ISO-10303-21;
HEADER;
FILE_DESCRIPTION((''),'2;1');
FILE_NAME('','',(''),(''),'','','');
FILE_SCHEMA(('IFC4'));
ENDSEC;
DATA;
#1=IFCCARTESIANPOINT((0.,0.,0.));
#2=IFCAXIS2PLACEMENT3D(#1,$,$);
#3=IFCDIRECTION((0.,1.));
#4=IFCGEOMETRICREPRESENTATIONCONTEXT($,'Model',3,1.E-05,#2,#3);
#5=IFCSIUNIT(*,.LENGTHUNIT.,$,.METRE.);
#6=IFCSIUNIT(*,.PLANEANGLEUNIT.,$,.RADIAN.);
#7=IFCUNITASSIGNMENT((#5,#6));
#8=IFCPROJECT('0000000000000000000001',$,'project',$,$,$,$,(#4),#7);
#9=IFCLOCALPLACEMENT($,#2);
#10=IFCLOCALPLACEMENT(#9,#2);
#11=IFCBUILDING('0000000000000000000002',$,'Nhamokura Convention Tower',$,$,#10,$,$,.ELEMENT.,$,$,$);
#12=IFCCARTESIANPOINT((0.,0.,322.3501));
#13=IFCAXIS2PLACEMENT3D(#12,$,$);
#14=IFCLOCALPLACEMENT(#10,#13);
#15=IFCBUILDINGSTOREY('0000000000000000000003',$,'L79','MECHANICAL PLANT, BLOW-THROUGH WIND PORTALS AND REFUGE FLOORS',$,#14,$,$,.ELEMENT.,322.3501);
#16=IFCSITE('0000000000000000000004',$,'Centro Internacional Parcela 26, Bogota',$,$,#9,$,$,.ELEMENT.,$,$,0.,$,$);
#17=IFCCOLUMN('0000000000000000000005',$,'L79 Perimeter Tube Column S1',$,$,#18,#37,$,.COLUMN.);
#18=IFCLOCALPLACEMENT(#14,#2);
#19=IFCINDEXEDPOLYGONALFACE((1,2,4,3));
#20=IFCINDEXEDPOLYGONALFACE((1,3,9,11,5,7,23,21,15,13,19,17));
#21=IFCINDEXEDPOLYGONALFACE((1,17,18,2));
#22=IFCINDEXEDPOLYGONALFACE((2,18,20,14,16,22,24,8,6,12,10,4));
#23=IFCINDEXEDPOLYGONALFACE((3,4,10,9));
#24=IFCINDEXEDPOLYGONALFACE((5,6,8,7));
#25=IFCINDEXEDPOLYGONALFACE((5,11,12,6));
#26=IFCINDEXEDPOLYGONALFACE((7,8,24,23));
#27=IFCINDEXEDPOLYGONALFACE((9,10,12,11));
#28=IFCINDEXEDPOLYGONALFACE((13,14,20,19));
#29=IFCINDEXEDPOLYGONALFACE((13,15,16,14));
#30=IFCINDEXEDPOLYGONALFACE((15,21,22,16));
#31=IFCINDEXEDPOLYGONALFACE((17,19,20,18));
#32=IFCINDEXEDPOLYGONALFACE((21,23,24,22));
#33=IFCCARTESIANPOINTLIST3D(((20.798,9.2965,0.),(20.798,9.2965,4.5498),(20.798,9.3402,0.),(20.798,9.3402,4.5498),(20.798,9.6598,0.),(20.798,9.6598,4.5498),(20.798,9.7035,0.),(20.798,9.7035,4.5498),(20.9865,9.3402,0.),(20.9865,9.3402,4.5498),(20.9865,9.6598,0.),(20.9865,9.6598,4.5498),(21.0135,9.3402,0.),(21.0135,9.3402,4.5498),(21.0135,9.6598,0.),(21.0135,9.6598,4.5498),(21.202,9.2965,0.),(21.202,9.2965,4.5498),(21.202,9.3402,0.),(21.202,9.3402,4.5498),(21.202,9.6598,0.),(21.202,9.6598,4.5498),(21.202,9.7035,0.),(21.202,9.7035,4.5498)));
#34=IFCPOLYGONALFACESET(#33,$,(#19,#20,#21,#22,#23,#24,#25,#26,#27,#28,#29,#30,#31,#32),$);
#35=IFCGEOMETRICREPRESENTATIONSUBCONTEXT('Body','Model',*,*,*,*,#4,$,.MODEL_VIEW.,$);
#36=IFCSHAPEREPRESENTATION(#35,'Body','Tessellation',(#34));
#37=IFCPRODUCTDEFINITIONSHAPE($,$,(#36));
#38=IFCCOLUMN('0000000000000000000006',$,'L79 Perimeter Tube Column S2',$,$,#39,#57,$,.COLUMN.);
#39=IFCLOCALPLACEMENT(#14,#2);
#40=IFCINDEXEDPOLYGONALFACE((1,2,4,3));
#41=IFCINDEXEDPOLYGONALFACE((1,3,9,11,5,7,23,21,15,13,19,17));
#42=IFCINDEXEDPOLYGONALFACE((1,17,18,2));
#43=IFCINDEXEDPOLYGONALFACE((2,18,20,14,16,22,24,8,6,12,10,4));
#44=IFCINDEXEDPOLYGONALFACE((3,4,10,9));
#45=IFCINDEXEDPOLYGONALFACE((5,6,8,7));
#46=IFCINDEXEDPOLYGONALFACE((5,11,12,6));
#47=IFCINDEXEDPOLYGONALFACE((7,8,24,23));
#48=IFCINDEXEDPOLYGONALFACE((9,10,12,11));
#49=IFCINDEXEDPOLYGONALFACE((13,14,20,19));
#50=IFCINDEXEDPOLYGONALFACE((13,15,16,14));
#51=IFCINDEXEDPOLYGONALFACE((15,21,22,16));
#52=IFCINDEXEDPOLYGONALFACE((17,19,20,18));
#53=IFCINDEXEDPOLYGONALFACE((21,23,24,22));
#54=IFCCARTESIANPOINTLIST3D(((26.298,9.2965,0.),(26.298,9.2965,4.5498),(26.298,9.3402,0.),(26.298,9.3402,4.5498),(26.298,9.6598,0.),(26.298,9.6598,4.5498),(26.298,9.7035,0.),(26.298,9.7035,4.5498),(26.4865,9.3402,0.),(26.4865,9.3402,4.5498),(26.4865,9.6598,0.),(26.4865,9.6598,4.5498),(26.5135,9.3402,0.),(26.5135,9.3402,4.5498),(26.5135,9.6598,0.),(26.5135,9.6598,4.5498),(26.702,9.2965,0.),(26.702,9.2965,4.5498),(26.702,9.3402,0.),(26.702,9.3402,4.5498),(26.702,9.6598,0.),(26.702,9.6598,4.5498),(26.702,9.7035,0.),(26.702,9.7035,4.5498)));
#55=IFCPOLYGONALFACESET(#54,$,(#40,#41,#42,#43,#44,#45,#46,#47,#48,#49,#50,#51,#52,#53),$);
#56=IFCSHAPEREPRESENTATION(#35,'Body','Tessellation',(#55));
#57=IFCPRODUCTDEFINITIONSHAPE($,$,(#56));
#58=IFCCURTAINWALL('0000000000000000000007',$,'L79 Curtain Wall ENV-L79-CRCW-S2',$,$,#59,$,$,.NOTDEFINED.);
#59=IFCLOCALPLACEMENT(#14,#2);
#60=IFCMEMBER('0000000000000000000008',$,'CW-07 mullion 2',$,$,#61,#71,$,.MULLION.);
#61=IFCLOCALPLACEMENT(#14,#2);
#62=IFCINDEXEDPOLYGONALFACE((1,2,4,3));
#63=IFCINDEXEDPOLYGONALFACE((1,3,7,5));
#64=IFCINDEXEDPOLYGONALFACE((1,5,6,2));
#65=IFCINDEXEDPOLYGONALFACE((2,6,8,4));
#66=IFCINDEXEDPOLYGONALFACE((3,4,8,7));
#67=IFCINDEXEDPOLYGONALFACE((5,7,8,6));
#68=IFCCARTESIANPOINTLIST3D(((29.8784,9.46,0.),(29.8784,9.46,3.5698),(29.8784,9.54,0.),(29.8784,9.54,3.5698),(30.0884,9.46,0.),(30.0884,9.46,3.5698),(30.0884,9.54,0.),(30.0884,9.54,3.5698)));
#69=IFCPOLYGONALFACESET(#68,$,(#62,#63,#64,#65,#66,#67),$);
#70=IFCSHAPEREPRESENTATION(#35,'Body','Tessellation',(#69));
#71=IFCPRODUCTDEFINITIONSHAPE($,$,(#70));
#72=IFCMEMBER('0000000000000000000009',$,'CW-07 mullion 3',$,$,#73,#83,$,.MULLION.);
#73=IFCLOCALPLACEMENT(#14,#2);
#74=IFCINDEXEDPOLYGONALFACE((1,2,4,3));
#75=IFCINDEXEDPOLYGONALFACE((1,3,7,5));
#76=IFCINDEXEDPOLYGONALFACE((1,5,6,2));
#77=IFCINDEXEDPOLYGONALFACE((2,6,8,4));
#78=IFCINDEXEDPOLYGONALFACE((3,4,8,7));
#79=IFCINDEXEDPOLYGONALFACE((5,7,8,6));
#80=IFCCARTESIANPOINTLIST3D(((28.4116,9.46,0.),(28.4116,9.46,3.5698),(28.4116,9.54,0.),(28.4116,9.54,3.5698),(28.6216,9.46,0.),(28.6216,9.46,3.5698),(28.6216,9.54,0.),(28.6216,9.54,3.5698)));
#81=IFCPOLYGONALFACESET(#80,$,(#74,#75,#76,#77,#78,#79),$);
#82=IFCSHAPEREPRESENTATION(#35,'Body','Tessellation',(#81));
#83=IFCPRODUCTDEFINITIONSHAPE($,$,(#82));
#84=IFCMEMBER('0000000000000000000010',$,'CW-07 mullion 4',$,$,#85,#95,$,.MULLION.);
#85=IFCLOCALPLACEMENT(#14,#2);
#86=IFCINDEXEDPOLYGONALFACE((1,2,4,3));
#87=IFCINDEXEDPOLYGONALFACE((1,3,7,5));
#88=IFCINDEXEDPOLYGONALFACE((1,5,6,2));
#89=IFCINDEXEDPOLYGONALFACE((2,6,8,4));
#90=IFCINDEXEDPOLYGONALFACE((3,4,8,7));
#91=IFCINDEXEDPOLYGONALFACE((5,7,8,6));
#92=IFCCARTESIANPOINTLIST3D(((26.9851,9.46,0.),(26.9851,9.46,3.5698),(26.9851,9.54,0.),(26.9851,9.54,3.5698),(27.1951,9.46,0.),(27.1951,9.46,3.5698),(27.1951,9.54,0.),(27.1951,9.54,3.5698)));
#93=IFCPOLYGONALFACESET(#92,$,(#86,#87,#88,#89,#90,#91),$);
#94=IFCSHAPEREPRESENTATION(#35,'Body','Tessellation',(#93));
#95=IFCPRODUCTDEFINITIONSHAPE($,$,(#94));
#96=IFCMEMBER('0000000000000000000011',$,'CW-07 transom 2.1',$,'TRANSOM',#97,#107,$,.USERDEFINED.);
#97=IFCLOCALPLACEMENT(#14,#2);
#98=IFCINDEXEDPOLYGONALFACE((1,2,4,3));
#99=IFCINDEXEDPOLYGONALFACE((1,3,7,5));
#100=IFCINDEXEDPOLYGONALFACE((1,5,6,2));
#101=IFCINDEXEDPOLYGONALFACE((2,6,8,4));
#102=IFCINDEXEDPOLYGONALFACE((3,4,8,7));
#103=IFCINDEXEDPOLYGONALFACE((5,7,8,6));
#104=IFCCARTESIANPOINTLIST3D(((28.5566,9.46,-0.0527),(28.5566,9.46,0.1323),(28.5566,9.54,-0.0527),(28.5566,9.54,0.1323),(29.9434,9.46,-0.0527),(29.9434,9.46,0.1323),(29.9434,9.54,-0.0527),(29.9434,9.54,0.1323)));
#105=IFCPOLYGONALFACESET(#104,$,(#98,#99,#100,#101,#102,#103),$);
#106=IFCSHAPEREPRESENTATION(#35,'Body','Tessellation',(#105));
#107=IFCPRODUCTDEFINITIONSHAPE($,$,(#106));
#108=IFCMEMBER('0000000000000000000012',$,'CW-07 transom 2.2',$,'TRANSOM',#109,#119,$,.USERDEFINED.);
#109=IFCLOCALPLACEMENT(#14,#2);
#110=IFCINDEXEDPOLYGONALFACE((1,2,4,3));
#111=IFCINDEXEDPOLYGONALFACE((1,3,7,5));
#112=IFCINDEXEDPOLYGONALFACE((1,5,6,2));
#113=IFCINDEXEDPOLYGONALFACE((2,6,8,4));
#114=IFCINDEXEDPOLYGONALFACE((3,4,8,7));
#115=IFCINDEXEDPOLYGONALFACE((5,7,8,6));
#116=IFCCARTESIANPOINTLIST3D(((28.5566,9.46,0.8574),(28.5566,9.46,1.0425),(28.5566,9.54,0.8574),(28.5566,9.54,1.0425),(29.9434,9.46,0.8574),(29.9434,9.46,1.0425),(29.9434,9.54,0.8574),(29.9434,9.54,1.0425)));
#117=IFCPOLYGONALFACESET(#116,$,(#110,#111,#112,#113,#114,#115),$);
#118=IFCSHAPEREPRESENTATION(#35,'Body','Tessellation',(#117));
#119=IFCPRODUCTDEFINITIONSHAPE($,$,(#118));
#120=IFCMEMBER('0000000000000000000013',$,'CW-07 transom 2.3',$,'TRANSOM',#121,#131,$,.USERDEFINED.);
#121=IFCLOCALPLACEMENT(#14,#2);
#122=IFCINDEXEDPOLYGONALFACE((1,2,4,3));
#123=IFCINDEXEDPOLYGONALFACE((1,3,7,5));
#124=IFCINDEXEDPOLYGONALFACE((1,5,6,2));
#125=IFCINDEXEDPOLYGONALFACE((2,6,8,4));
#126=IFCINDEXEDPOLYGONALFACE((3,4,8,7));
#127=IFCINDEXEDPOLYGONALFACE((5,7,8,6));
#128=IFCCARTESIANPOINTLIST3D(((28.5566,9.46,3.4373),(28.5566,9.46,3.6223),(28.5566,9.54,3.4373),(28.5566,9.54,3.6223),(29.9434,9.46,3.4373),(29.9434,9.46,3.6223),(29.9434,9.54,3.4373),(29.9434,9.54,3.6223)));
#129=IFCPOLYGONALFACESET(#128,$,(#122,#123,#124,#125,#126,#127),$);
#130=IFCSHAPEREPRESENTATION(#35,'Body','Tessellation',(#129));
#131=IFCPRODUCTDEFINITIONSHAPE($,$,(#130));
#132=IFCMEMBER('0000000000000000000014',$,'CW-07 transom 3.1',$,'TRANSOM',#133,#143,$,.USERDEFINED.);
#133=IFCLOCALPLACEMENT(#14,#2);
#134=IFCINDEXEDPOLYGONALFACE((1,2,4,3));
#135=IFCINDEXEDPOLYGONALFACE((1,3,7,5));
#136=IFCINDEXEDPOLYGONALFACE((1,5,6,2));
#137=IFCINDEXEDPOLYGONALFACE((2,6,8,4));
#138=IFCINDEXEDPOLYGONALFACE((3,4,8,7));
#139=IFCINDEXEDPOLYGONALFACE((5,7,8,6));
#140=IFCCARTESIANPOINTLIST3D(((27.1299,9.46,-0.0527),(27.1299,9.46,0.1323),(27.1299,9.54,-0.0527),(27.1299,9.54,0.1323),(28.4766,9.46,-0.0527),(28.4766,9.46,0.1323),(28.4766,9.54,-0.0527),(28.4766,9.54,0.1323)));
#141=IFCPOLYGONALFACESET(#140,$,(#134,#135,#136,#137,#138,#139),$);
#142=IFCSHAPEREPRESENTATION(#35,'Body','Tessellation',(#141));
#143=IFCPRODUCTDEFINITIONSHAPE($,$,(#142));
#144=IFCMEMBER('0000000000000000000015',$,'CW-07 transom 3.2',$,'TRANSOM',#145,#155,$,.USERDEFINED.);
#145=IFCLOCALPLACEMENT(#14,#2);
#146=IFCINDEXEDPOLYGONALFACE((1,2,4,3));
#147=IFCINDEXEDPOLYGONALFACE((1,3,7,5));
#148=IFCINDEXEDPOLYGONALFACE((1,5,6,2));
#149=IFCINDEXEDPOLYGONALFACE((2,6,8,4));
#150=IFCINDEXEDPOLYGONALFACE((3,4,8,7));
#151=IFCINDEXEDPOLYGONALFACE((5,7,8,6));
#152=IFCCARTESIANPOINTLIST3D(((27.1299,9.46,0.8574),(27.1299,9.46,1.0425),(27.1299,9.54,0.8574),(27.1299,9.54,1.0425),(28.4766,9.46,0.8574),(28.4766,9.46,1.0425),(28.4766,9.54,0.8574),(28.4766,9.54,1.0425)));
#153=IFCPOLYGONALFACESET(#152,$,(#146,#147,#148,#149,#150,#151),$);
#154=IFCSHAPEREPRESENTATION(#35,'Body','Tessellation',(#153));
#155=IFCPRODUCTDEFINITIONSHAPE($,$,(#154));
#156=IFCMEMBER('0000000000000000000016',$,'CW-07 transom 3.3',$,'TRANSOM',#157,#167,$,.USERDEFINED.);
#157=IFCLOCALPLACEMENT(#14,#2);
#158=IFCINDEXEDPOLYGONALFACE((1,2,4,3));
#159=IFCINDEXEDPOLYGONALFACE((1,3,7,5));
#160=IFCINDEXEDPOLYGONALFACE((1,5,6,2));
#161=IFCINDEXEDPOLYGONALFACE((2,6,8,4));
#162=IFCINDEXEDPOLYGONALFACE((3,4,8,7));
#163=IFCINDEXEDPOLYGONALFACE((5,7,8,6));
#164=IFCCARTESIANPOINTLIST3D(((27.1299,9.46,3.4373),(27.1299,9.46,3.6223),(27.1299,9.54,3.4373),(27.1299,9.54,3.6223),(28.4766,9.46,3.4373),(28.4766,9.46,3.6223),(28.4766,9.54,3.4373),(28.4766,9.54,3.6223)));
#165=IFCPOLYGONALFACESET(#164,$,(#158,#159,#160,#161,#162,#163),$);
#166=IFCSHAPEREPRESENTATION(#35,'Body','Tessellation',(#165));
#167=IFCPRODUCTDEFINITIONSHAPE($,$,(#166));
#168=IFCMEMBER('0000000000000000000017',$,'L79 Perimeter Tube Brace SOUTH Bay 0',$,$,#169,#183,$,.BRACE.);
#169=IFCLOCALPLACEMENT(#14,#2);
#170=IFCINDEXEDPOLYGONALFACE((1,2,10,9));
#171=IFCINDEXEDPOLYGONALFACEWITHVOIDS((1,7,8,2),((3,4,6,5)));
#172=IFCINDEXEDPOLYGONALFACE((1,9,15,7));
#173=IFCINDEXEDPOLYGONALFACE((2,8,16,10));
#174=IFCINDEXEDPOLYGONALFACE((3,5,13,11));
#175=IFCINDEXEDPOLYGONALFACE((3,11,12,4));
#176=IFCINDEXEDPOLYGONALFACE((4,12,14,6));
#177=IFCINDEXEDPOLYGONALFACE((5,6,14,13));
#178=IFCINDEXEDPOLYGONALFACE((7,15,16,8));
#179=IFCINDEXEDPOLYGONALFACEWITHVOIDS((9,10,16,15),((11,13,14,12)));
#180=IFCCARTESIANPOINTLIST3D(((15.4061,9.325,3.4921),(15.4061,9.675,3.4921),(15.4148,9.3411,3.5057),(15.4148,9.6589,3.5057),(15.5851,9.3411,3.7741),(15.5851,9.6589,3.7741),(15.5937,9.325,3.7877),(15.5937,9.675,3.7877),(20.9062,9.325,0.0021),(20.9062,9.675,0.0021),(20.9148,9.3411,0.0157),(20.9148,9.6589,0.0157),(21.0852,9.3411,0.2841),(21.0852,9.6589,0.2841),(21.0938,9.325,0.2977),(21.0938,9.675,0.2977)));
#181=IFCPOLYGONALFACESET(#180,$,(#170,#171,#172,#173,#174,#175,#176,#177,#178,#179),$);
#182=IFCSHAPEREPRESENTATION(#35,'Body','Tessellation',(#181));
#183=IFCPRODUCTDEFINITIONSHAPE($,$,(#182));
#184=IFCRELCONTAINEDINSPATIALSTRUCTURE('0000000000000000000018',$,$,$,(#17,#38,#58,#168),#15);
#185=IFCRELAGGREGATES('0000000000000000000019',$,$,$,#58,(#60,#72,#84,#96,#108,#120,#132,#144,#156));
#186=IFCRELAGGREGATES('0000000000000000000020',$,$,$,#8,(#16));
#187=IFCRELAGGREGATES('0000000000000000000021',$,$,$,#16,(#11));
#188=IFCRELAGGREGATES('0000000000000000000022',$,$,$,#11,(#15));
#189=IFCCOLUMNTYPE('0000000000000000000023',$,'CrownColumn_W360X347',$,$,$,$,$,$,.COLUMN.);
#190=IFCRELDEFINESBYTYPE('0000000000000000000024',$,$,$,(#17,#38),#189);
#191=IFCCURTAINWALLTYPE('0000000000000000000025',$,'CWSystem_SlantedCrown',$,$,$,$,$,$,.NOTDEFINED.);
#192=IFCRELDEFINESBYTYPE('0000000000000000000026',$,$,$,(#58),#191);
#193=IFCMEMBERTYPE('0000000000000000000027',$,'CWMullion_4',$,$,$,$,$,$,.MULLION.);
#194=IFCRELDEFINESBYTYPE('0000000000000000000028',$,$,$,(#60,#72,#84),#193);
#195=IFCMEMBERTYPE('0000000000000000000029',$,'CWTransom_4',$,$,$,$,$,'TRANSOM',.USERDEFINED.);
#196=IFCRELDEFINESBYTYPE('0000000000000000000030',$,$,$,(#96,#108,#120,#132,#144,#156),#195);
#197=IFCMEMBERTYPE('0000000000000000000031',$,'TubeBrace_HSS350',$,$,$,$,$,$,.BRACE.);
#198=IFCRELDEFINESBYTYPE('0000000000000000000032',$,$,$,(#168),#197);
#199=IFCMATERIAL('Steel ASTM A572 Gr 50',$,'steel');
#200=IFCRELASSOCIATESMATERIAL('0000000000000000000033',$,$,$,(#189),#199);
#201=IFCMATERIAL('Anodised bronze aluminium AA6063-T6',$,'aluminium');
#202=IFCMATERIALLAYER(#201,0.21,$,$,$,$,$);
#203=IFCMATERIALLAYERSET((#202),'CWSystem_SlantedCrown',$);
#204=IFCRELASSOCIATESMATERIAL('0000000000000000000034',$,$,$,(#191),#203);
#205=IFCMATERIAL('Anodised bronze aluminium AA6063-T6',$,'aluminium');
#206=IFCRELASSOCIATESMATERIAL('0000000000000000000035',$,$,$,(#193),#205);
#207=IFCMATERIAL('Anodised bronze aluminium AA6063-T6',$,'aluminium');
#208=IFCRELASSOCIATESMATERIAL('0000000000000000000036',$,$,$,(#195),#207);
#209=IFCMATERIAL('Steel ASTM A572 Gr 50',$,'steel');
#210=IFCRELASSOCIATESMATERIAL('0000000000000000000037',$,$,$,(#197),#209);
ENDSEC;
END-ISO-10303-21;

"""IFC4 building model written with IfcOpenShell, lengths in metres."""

from ifc_helpers import new_model, si_unit, direction, frame, origin, origin_2d, place, context, subcontext, project, spatial, rectangle, hollow_rectangle, i_section, extrude, material, layer, layer_set, material_profile, profile_set, type_object, element, aggregate, save


model = new_model("IFC4")

# Units and contexts
model_context = context("Model", 3, precision=1e-05, world=origin(), true_north=direction((0.0, 1.0)))
body_context = subcontext(model_context, "Body", "Model", "MODEL_VIEW")
ifc_project = project(units=[si_unit("LENGTHUNIT", "METRE"), si_unit("PLANEANGLEUNIT", "RADIAN")], contexts=[model_context])

# Site, building, storey
site_placement = place(None, origin())
site = spatial("IfcSite", under=ifc_project, at=site_placement, Name="Centro Internacional Parcela 26, Bogota", CompositionType="ELEMENT", RefElevation=0.0)
building_placement = place(site_placement, origin())
building = spatial("IfcBuilding", under=site, at=building_placement, Name="Nhamokura Convention Tower", CompositionType="ELEMENT")
storey_placement = place(building_placement, frame((0.0, 0.0, 322.3501)))
storey = spatial("IfcBuildingStorey", under=building, at=storey_placement, Name="L79", Description="MECHANICAL PLANT, BLOW-THROUGH WIND PORTALS AND REFUGE FLOORS", CompositionType="ELEMENT", Elevation=322.3501)

# Columns
ifc_material_1 = material(Name="Steel ASTM A572 Gr 50", Category="steel")
ifc_material_profile_1 = material_profile(ifc_material_1, i_section(OverallWidth=0.4041, OverallDepth=0.407, WebThickness=0.0271, FlangeThickness=0.0437, at=origin_2d()))
ifc_profile_set_1 = profile_set([ifc_material_profile_1], Name="Steel ASTM A572 Gr 50")
column_type = type_object("IfcColumnType", Name="CrownColumn_W360X347", PredefinedType="COLUMN", material=ifc_profile_set_1)
for number, where, z_axis, x_axis, name in (
    (1, (21.0, 9.5, 0.0), (0.0, 0.0, 1.0), (1.0, 0.0, 0.0), "L79 Perimeter Tube Column S1"),
    (2, (26.5, 9.5, 0.0), (0.0, 0.0, 1.0), (1.0, 0.0, 0.0), "L79 Perimeter Tube Column S2"),
):
    element("IfcColumn", number, at=place(storey_placement, frame(where, z_axis=z_axis, x_axis=x_axis)), inside=storey, type_object=column_type, Name=name, PredefinedType="COLUMN", context=body_context, shape_type="SweptSolid", body=[
        extrude(i_section(OverallWidth=0.4041, OverallDepth=0.407, WebThickness=0.0271, FlangeThickness=0.0437, at=origin_2d()), origin(), (0.0, 0.0, 1.0), 4.5498),
    ])

# Curtain wall, members
ifc_material_2 = material(Name="Anodised bronze aluminium AA6063-T6", Category="aluminium")
ifc_layer_1 = layer(ifc_material_2, 0.21)
ifc_layer_set_1 = layer_set([ifc_layer_1], Name="CWSystem_SlantedCrown")
curtain_wall_type = type_object("IfcCurtainWallType", Name="CWSystem_SlantedCrown", PredefinedType="NOTDEFINED", material=ifc_layer_set_1)
curtain_wall_placement = place(storey_placement, origin())
curtain_wall = element("IfcCurtainWall", 3, at=curtain_wall_placement, inside=storey, type_object=curtain_wall_type, Name="L79 Curtain Wall ENV-L79-CRCW-S2", PredefinedType="NOTDEFINED")
ifc_material_3 = material(Name="Anodised bronze aluminium AA6063-T6", Category="aluminium")
ifc_material_profile_2 = material_profile(ifc_material_3, rectangle(XDim=0.0801, YDim=0.21, at=origin_2d()))
ifc_profile_set_2 = profile_set([ifc_material_profile_2], Name="Anodised bronze aluminium AA6063-T6")
member_type_1 = type_object("IfcMemberType", Name="CWMullion_4", PredefinedType="MULLION", material=ifc_profile_set_2)
member_1_placement = place(storey_placement, frame((29.9834, 9.5, 0.0), z_axis=(0.0, 0.0, 1.0), x_axis=(0.0, -1.0, 0.0)))
member_1 = element("IfcMember", 4, at=member_1_placement, type_object=member_type_1, Name="CW-07 mullion 2", PredefinedType="MULLION", context=body_context, shape_type="SweptSolid", body=[
    extrude(rectangle(XDim=0.0801, YDim=0.21, at=origin_2d()), origin(), (0.0, 0.0, 1.0), 3.5698),
])
member_2_placement = place(storey_placement, frame((28.5166, 9.5, 0.0), z_axis=(0.0, 0.0, 1.0), x_axis=(0.0, -1.0, 0.0)))
member_2 = element("IfcMember", 5, at=member_2_placement, type_object=member_type_1, Name="CW-07 mullion 3", PredefinedType="MULLION", context=body_context, shape_type="SweptSolid", body=[
    extrude(rectangle(XDim=0.0801, YDim=0.21, at=origin_2d()), origin(), (0.0, 0.0, 1.0), 3.5698),
])
member_3_placement = place(storey_placement, frame((27.0901, 9.5, 0.0), z_axis=(0.0, 0.0, 1.0), x_axis=(0.0, -1.0, 0.0)))
member_3 = element("IfcMember", 6, at=member_3_placement, type_object=member_type_1, Name="CW-07 mullion 4", PredefinedType="MULLION", context=body_context, shape_type="SweptSolid", body=[
    extrude(rectangle(XDim=0.0801, YDim=0.21, at=origin_2d()), origin(), (0.0, 0.0, 1.0), 3.5698),
])
ifc_material_4 = material(Name="Anodised bronze aluminium AA6063-T6", Category="aluminium")
ifc_material_profile_3 = material_profile(ifc_material_4, rectangle(XDim=0.0801, YDim=0.1851, at=origin_2d()))
ifc_profile_set_3 = profile_set([ifc_material_profile_3], Name="Anodised bronze aluminium AA6063-T6")
member_type_2 = type_object("IfcMemberType", Name="CWTransom_4", ElementType="TRANSOM", PredefinedType="USERDEFINED", material=ifc_profile_set_3)
member_4_placement = place(storey_placement, frame((29.9434, 9.5, 0.0398), z_axis=(-1.0, 0.0, 0.0), x_axis=(0.0, -1.0, 0.0)))
member_4 = element("IfcMember", 7, at=member_4_placement, type_object=member_type_2, Name="CW-07 transom 2.1", ObjectType="TRANSOM", PredefinedType="USERDEFINED", context=body_context, shape_type="SweptSolid", body=[
    extrude(rectangle(XDim=0.0801, YDim=0.1851, at=origin_2d()), origin(), (0.0, 0.0, 1.0), 1.3867),
])
member_5_placement = place(storey_placement, frame((29.9434, 9.5, 0.95), z_axis=(-1.0, 0.0, 0.0), x_axis=(0.0, -1.0, 0.0)))
member_5 = element("IfcMember", 8, at=member_5_placement, type_object=member_type_2, Name="CW-07 transom 2.2", ObjectType="TRANSOM", PredefinedType="USERDEFINED", context=body_context, shape_type="SweptSolid", body=[
    extrude(rectangle(XDim=0.0801, YDim=0.1851, at=origin_2d()), origin(), (0.0, 0.0, 1.0), 1.3867),
])
member_6_placement = place(storey_placement, frame((29.9434, 9.5, 3.5298), z_axis=(-1.0, 0.0, 0.0), x_axis=(0.0, -1.0, 0.0)))
member_6 = element("IfcMember", 9, at=member_6_placement, type_object=member_type_2, Name="CW-07 transom 2.3", ObjectType="TRANSOM", PredefinedType="USERDEFINED", context=body_context, shape_type="SweptSolid", body=[
    extrude(rectangle(XDim=0.0801, YDim=0.1851, at=origin_2d()), origin(), (0.0, 0.0, 1.0), 1.3867),
])
member_7_placement = place(storey_placement, frame((28.4766, 9.5, 0.0398), z_axis=(-1.0, 0.0, 0.0), x_axis=(0.0, -1.0, 0.0)))
member_7 = element("IfcMember", 10, at=member_7_placement, type_object=member_type_2, Name="CW-07 transom 3.1", ObjectType="TRANSOM", PredefinedType="USERDEFINED", context=body_context, shape_type="SweptSolid", body=[
    extrude(rectangle(XDim=0.0801, YDim=0.1851, at=origin_2d()), origin(), (0.0, 0.0, 1.0), 1.3467),
])
member_8_placement = place(storey_placement, frame((28.4766, 9.5, 0.95), z_axis=(-1.0, 0.0, 0.0), x_axis=(0.0, -1.0, 0.0)))
member_8 = element("IfcMember", 11, at=member_8_placement, type_object=member_type_2, Name="CW-07 transom 3.2", ObjectType="TRANSOM", PredefinedType="USERDEFINED", context=body_context, shape_type="SweptSolid", body=[
    extrude(rectangle(XDim=0.0801, YDim=0.1851, at=origin_2d()), origin(), (0.0, 0.0, 1.0), 1.3467),
])
member_9_placement = place(storey_placement, frame((28.4766, 9.5, 3.5298), z_axis=(-1.0, 0.0, 0.0), x_axis=(0.0, -1.0, 0.0)))
member_9 = element("IfcMember", 12, at=member_9_placement, type_object=member_type_2, Name="CW-07 transom 3.3", ObjectType="TRANSOM", PredefinedType="USERDEFINED", context=body_context, shape_type="SweptSolid", body=[
    extrude(rectangle(XDim=0.0801, YDim=0.1851, at=origin_2d()), origin(), (0.0, 0.0, 1.0), 1.3467),
])

# Member
ifc_material_5 = material(Name="Steel ASTM A572 Gr 50", Category="steel")
ifc_material_profile_4 = material_profile(ifc_material_5, hollow_rectangle(XDim=0.3501, YDim=0.3501, WallThickness=0.0161, at=origin_2d()))
ifc_profile_set_4 = profile_set([ifc_material_profile_4], Name="Steel ASTM A572 Gr 50")
member_type_3 = type_object("IfcMemberType", Name="TubeBrace_HSS350", PredefinedType="BRACE", material=ifc_profile_set_4)
member_10_placement = place(storey_placement, frame((21.0, 9.5, 0.1499), z_axis=(-0.844357, 0.0, 0.535781), x_axis=(0.0, -1.0, 0.0)))
element("IfcMember", 13, at=member_10_placement, inside=storey, type_object=member_type_3, Name="L79 Perimeter Tube Brace SOUTH Bay 0", PredefinedType="BRACE", context=body_context, shape_type="SweptSolid", body=[
    extrude(hollow_rectangle(XDim=0.3501, YDim=0.3501, WallThickness=0.0161, at=origin_2d()), origin(), (0.0, 0.0, 1.0), 6.5139),
])

aggregate(curtain_wall, [member_1, member_2, member_3, member_4, member_5, member_6, member_7, member_8, member_9])

save(model, "model.ifc")
